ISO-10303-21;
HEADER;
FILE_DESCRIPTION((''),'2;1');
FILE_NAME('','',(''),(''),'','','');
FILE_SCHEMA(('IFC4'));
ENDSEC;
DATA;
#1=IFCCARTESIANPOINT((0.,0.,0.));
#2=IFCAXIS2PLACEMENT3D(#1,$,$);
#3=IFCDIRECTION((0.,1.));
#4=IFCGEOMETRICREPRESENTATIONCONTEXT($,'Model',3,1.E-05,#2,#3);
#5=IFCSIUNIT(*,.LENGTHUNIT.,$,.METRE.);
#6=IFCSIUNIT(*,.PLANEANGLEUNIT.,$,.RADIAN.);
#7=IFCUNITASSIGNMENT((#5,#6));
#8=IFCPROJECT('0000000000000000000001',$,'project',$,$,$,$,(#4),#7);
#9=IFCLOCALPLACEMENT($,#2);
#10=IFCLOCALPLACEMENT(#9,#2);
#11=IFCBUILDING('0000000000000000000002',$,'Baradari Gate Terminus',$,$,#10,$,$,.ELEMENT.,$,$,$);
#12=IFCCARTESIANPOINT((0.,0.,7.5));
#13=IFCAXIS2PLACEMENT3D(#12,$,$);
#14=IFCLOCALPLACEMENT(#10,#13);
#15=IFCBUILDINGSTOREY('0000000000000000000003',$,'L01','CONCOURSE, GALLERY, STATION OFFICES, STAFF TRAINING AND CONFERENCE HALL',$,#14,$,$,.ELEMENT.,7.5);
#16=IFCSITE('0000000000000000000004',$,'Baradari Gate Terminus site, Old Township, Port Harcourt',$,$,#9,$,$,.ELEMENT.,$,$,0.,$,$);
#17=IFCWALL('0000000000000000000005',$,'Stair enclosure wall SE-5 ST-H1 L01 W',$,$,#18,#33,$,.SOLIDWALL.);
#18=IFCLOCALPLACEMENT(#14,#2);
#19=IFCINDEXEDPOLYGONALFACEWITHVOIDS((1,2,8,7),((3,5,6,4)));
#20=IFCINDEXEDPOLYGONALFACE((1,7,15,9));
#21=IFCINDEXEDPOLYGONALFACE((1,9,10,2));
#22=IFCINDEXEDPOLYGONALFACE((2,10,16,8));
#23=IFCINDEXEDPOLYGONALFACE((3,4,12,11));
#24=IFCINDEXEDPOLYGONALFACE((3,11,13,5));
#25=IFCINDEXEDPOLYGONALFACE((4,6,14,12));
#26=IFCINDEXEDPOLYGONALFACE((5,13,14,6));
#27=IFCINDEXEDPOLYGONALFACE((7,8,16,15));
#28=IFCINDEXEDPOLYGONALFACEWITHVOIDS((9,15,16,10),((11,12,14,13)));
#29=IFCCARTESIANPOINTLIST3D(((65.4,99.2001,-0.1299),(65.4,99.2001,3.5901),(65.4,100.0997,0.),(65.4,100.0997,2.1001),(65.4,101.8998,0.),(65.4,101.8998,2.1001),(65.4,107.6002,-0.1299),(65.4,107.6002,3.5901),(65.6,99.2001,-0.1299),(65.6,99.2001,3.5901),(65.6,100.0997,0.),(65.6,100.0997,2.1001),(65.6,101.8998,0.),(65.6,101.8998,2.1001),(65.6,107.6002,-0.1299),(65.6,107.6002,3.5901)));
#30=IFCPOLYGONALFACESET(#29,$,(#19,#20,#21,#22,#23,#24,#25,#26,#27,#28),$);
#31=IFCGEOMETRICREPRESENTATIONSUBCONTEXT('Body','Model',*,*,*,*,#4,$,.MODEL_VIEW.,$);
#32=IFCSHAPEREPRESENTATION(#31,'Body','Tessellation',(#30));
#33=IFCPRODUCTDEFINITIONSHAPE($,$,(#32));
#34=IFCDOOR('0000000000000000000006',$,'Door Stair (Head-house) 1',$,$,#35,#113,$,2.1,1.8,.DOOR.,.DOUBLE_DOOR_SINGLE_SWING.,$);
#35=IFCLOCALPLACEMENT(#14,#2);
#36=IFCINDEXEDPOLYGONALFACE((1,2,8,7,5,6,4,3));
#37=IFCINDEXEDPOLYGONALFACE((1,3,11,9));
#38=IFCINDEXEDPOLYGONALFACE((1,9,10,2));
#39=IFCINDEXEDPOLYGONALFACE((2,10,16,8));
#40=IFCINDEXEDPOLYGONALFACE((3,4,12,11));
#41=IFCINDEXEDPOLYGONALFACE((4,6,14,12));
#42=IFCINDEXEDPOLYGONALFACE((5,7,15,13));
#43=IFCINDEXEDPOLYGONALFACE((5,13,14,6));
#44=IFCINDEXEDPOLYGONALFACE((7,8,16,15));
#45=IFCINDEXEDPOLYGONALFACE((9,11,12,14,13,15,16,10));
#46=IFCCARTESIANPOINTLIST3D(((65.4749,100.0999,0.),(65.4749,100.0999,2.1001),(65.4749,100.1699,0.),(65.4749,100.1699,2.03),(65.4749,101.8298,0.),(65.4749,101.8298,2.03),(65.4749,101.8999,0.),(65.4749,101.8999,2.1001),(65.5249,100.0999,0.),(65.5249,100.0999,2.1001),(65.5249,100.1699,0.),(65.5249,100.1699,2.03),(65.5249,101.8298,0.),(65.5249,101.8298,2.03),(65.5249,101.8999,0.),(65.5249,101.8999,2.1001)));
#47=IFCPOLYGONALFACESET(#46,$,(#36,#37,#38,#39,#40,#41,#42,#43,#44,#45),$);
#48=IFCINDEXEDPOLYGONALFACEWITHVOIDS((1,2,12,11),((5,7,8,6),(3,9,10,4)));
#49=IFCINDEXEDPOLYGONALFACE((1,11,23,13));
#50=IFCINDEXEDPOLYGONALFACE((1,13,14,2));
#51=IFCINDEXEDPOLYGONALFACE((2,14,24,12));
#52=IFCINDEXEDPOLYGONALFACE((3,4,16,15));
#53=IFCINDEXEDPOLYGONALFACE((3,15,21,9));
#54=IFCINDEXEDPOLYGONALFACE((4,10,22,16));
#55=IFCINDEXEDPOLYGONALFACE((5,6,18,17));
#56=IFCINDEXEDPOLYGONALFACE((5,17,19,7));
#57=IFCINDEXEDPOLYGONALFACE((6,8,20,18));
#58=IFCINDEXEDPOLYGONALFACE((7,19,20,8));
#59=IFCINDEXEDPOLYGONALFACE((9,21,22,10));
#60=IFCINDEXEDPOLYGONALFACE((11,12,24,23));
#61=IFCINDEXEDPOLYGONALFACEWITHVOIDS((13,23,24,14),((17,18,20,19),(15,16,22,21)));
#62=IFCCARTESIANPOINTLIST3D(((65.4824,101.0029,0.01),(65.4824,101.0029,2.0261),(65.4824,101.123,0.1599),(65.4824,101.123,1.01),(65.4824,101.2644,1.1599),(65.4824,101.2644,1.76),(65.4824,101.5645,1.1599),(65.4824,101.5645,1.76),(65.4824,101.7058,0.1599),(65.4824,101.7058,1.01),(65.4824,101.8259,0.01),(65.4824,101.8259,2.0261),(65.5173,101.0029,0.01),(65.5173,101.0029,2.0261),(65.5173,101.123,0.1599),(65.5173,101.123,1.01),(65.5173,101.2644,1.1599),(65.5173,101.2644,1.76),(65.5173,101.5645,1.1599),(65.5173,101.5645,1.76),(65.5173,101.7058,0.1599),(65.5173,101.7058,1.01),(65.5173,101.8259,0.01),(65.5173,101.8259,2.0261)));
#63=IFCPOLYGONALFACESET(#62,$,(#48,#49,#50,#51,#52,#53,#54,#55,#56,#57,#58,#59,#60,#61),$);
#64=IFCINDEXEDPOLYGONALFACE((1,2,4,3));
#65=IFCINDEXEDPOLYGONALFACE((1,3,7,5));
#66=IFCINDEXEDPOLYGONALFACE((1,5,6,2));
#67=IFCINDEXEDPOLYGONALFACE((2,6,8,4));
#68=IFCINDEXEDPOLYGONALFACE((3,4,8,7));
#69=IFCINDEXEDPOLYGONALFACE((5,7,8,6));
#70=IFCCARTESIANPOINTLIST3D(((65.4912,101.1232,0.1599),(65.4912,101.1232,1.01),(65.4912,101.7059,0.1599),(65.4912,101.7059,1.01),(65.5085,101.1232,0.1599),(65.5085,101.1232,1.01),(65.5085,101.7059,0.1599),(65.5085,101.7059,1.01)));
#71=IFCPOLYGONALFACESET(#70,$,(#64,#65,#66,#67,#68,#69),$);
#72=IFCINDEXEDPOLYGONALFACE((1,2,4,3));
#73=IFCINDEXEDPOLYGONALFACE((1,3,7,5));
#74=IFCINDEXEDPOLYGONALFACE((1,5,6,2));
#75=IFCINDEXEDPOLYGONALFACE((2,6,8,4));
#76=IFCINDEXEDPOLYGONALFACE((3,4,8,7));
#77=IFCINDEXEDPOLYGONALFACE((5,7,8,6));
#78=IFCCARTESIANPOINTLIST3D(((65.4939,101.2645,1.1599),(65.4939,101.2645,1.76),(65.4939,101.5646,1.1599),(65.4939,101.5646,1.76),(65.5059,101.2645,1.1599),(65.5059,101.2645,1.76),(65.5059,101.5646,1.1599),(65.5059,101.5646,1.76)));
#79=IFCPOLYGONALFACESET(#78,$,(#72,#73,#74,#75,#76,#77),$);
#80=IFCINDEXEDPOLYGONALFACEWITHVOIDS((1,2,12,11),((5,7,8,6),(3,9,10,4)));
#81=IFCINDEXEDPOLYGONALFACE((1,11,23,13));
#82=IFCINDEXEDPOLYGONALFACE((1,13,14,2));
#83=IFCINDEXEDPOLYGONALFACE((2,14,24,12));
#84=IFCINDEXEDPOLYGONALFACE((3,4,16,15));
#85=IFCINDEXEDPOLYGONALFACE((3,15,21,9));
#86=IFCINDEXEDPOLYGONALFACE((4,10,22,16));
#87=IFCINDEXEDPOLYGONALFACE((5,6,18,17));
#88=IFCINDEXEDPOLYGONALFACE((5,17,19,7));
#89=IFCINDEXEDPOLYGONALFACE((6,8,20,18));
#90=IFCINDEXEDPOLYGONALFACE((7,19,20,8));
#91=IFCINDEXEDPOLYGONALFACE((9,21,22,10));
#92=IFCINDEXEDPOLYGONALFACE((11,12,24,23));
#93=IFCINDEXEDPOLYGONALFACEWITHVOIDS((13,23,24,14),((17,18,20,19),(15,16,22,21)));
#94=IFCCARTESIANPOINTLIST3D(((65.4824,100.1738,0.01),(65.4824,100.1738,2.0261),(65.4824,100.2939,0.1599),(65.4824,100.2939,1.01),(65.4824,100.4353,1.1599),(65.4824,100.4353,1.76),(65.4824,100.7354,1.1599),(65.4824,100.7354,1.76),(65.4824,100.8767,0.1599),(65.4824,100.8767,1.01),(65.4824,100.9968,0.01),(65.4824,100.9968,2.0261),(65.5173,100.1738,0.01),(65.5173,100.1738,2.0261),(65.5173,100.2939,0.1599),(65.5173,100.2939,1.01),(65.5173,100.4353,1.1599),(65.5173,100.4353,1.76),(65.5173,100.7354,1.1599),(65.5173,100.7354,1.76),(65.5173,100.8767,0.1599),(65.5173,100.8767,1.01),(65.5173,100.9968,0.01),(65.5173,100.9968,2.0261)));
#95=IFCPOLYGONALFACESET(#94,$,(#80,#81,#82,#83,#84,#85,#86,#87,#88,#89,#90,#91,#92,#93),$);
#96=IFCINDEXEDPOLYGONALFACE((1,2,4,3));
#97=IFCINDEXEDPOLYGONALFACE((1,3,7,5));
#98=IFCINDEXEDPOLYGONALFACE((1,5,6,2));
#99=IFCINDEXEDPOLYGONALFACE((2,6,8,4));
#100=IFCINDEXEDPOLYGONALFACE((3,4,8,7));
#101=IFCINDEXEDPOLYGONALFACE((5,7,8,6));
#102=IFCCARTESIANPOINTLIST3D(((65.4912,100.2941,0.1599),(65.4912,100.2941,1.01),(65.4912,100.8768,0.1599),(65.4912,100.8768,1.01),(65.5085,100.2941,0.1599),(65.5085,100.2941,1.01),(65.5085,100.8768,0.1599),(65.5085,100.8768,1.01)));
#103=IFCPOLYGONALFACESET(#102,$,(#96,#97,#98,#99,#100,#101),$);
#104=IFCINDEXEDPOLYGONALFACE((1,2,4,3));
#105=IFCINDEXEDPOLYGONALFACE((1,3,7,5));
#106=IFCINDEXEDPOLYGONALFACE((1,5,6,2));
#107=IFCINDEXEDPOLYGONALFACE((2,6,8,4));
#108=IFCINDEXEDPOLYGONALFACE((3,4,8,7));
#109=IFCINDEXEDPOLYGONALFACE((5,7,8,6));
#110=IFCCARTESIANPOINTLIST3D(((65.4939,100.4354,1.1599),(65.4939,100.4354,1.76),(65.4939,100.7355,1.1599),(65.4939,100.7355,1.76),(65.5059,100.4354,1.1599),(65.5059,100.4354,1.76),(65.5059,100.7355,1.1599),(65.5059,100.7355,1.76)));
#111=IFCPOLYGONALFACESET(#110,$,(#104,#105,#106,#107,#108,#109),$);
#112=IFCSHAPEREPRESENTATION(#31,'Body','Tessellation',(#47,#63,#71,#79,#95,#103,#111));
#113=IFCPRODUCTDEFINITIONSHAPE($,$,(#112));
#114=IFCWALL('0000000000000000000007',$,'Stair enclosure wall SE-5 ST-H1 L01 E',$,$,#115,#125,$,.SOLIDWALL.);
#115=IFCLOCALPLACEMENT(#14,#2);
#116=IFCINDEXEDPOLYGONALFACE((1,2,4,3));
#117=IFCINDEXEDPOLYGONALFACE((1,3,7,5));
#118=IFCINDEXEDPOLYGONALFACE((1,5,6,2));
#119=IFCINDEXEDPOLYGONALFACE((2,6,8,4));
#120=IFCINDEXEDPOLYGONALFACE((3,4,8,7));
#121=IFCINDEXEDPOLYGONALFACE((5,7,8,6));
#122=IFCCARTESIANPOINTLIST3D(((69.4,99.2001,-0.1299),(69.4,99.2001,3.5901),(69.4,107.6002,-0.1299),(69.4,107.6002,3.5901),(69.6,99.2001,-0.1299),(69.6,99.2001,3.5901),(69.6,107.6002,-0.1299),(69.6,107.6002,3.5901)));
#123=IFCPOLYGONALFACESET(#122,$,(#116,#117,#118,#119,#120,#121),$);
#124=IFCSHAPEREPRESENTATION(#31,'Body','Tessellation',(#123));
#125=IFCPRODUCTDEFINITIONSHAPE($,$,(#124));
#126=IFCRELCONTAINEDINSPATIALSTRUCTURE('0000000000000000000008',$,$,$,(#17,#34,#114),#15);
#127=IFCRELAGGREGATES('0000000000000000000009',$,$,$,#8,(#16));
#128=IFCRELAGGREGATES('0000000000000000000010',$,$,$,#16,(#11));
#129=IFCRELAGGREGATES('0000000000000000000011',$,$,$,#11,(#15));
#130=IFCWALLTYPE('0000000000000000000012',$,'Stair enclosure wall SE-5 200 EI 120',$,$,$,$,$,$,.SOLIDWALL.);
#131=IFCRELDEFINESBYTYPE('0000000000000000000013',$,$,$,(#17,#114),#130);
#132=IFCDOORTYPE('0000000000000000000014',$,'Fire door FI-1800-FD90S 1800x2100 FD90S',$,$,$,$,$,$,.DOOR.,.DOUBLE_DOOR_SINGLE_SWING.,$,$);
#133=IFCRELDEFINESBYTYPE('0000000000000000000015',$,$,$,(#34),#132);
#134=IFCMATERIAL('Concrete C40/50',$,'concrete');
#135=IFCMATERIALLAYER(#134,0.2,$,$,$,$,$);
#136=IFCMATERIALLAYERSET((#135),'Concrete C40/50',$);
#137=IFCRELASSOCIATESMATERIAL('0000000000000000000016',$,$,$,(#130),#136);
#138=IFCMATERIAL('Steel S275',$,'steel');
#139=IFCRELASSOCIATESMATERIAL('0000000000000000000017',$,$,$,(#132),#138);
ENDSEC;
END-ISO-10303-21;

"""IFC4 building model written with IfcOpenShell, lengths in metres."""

from ifc_helpers import new_model, si_unit, direction, frame, frame_2d, origin, place, context, subcontext, project, spatial, polyline, rectangle, outline, extrude, material, layer, layer_set, type_object, element, fill, save


model = new_model("IFC4")

# Units and contexts
model_context = context("Model", 3, precision=1e-05, world=origin(), true_north=direction((0.0, 1.0)))
body_context = subcontext(model_context, "Body", "Model", "MODEL_VIEW")
ifc_project = project(units=[si_unit("LENGTHUNIT", "METRE"), si_unit("PLANEANGLEUNIT", "RADIAN")], contexts=[model_context])

# Site, building, storey
site_placement = place(None, origin())
site = spatial("IfcSite", under=ifc_project, at=site_placement, Name="Baradari Gate Terminus site, Old Township, Port Harcourt", CompositionType="ELEMENT", RefElevation=0.0)
building_placement = place(site_placement, origin())
building = spatial("IfcBuilding", under=site, at=building_placement, Name="Baradari Gate Terminus", CompositionType="ELEMENT")
storey_placement = place(building_placement, frame((0.0, 0.0, 7.5)))
storey = spatial("IfcBuildingStorey", under=building, at=storey_placement, Name="L01", Description="CONCOURSE, GALLERY, STATION OFFICES, STAFF TRAINING AND CONFERENCE HALL", CompositionType="ELEMENT", Elevation=7.5)

# Wall, opening, door
ifc_material_1 = material(Name="Concrete C40/50", Category="concrete")
ifc_layer_1 = layer(ifc_material_1, 0.2)
ifc_layer_set_1 = layer_set([ifc_layer_1], Name="Concrete C40/50")
wall_type_1 = type_object("IfcWallType", Name="Stair enclosure wall SE-5 200 EI 120", PredefinedType="SOLIDWALL", material=ifc_layer_set_1)
wall_1_placement = place(storey_placement, frame((65.5, 99.2, -0.1299), z_axis=(0.0, 0.0, 1.0), x_axis=(0.0, 1.0, 0.0)))
wall_1 = element("IfcWall", 1, at=wall_1_placement, inside=storey, type_object=wall_type_1, Name="Stair enclosure wall SE-5 ST-H1 L01 W", PredefinedType="SOLIDWALL", context=body_context, shape_type="SweptSolid", body=[
    extrude(rectangle(XDim=8.4001, YDim=0.2, at=frame_2d((4.2002, 0.0))), origin(), (0.0, 0.0, 1.0), 3.72),
])
opening_1_placement = place(wall_1_placement, frame((0.8999, 0.0, 0.1299)))
opening_1 = element("IfcOpeningElement", 2, at=opening_1_placement, cuts=wall_1, PredefinedType="OPENING", context=body_context, shape_type="SweptSolid", body=[
    extrude(rectangle(XDim=1.8, YDim=2.1001, at=frame_2d((0.8999, 1.05))), frame((0.0, 0.1099, 0.0), z_axis=(0.0, -1.0, 0.0), x_axis=(1.0, 0.0, 0.0)), (0.0, 0.0, 1.0), 0.22),
])
ifc_material_2 = material(Name="Steel S275", Category="steel")
door_type = type_object("IfcDoorType", Name="Fire door FI-1800-FD90S 1800x2100 FD90S", OperationType="DOUBLE_DOOR_SINGLE_SWING", PredefinedType="DOOR", material=ifc_material_2)
door_placement = place(opening_1_placement, frame((1.8, 0.0, 0.0), z_axis=(0.0, 0.0, 1.0), x_axis=(-1.0, 0.0, 0.0)))
door = element("IfcDoor", 3, at=door_placement, inside=storey, type_object=door_type, Name="Door Stair (Head-house) 1", OperationType="DOUBLE_DOOR_SINGLE_SWING", OverallHeight=2.1, OverallWidth=1.8, PredefinedType="DOOR", context=body_context, shape_type="SweptSolid", body=[
    extrude(outline(polyline([(0.0, 0.0), (0.0701, 0.0), (0.0701, 2.03), (1.73, 2.03), (1.73, 0.0), (1.8, 0.0), (1.8, 2.1001), (0.0, 2.1001), (0.0, 0.0)])), frame((0.0, 0.0249, 0.0), z_axis=(0.0, -1.0, 0.0), x_axis=(1.0, 0.0, 0.0)), (0.0, 0.0, 1.0), 0.05),
    extrude(outline(polyline([(0.074, 0.01), (0.897, 0.01), (0.897, 2.0261), (0.074, 2.0261), (0.074, 0.01)]), holes=[polyline([(0.1941, 0.1599), (0.7769, 0.1599), (0.7769, 1.01), (0.1941, 1.01), (0.1941, 0.1599)]), polyline([(0.3354, 1.1599), (0.6355, 1.1599), (0.6355, 1.76), (0.3354, 1.76), (0.3354, 1.1599)])]), frame((0.0, 0.0173, 0.0), z_axis=(0.0, -1.0, 0.0), x_axis=(1.0, 0.0, 0.0)), (0.0, 0.0, 1.0), 0.0349),
    extrude(rectangle(XDim=0.5828, YDim=0.8501, at=frame_2d((0.4854, 0.585))), frame((0.0, 0.0085, 0.0), z_axis=(0.0, -1.0, 0.0), x_axis=(1.0, 0.0, 0.0)), (0.0, 0.0, 1.0), 0.0173),
    extrude(rectangle(XDim=0.3, YDim=0.6001, at=frame_2d((0.4854, 1.46))), frame((0.0, 0.0059, 0.0), z_axis=(0.0, -1.0, 0.0), x_axis=(1.0, 0.0, 0.0)), (0.0, 0.0, 1.0), 0.012),
    extrude(outline(polyline([(0.9031, 0.01), (1.7261, 0.01), (1.7261, 2.0261), (0.9031, 2.0261), (0.9031, 0.01)]), holes=[polyline([(1.0232, 0.1599), (1.606, 0.1599), (1.606, 1.01), (1.0232, 1.01), (1.0232, 0.1599)]), polyline([(1.1646, 1.1599), (1.4646, 1.1599), (1.4646, 1.76), (1.1646, 1.76), (1.1646, 1.1599)])]), frame((0.0, 0.0173, 0.0), z_axis=(0.0, -1.0, 0.0), x_axis=(1.0, 0.0, 0.0)), (0.0, 0.0, 1.0), 0.0349),
    extrude(rectangle(XDim=0.5828, YDim=0.8501, at=frame_2d((1.3145, 0.585))), frame((0.0, 0.0085, 0.0), z_axis=(0.0, -1.0, 0.0), x_axis=(1.0, 0.0, 0.0)), (0.0, 0.0, 1.0), 0.0173),
    extrude(rectangle(XDim=0.3, YDim=0.6001, at=frame_2d((1.3145, 1.46))), frame((0.0, 0.0059, 0.0), z_axis=(0.0, -1.0, 0.0), x_axis=(1.0, 0.0, 0.0)), (0.0, 0.0, 1.0), 0.012),
])
fill(opening_1, door)

# Wall
wall_2_placement = place(storey_placement, frame((69.5, 99.2, -0.1299), z_axis=(0.0, 0.0, 1.0), x_axis=(0.0, 1.0, 0.0)))
element("IfcWall", 4, at=wall_2_placement, inside=storey, type_object=wall_type_1, Name="Stair enclosure wall SE-5 ST-H1 L01 E", PredefinedType="SOLIDWALL", context=body_context, shape_type="SweptSolid", body=[
    extrude(rectangle(XDim=8.4001, YDim=0.2, at=frame_2d((4.2002, 0.0))), origin(), (0.0, 0.0, 1.0), 3.72),
])

save(model, "model.ifc")
